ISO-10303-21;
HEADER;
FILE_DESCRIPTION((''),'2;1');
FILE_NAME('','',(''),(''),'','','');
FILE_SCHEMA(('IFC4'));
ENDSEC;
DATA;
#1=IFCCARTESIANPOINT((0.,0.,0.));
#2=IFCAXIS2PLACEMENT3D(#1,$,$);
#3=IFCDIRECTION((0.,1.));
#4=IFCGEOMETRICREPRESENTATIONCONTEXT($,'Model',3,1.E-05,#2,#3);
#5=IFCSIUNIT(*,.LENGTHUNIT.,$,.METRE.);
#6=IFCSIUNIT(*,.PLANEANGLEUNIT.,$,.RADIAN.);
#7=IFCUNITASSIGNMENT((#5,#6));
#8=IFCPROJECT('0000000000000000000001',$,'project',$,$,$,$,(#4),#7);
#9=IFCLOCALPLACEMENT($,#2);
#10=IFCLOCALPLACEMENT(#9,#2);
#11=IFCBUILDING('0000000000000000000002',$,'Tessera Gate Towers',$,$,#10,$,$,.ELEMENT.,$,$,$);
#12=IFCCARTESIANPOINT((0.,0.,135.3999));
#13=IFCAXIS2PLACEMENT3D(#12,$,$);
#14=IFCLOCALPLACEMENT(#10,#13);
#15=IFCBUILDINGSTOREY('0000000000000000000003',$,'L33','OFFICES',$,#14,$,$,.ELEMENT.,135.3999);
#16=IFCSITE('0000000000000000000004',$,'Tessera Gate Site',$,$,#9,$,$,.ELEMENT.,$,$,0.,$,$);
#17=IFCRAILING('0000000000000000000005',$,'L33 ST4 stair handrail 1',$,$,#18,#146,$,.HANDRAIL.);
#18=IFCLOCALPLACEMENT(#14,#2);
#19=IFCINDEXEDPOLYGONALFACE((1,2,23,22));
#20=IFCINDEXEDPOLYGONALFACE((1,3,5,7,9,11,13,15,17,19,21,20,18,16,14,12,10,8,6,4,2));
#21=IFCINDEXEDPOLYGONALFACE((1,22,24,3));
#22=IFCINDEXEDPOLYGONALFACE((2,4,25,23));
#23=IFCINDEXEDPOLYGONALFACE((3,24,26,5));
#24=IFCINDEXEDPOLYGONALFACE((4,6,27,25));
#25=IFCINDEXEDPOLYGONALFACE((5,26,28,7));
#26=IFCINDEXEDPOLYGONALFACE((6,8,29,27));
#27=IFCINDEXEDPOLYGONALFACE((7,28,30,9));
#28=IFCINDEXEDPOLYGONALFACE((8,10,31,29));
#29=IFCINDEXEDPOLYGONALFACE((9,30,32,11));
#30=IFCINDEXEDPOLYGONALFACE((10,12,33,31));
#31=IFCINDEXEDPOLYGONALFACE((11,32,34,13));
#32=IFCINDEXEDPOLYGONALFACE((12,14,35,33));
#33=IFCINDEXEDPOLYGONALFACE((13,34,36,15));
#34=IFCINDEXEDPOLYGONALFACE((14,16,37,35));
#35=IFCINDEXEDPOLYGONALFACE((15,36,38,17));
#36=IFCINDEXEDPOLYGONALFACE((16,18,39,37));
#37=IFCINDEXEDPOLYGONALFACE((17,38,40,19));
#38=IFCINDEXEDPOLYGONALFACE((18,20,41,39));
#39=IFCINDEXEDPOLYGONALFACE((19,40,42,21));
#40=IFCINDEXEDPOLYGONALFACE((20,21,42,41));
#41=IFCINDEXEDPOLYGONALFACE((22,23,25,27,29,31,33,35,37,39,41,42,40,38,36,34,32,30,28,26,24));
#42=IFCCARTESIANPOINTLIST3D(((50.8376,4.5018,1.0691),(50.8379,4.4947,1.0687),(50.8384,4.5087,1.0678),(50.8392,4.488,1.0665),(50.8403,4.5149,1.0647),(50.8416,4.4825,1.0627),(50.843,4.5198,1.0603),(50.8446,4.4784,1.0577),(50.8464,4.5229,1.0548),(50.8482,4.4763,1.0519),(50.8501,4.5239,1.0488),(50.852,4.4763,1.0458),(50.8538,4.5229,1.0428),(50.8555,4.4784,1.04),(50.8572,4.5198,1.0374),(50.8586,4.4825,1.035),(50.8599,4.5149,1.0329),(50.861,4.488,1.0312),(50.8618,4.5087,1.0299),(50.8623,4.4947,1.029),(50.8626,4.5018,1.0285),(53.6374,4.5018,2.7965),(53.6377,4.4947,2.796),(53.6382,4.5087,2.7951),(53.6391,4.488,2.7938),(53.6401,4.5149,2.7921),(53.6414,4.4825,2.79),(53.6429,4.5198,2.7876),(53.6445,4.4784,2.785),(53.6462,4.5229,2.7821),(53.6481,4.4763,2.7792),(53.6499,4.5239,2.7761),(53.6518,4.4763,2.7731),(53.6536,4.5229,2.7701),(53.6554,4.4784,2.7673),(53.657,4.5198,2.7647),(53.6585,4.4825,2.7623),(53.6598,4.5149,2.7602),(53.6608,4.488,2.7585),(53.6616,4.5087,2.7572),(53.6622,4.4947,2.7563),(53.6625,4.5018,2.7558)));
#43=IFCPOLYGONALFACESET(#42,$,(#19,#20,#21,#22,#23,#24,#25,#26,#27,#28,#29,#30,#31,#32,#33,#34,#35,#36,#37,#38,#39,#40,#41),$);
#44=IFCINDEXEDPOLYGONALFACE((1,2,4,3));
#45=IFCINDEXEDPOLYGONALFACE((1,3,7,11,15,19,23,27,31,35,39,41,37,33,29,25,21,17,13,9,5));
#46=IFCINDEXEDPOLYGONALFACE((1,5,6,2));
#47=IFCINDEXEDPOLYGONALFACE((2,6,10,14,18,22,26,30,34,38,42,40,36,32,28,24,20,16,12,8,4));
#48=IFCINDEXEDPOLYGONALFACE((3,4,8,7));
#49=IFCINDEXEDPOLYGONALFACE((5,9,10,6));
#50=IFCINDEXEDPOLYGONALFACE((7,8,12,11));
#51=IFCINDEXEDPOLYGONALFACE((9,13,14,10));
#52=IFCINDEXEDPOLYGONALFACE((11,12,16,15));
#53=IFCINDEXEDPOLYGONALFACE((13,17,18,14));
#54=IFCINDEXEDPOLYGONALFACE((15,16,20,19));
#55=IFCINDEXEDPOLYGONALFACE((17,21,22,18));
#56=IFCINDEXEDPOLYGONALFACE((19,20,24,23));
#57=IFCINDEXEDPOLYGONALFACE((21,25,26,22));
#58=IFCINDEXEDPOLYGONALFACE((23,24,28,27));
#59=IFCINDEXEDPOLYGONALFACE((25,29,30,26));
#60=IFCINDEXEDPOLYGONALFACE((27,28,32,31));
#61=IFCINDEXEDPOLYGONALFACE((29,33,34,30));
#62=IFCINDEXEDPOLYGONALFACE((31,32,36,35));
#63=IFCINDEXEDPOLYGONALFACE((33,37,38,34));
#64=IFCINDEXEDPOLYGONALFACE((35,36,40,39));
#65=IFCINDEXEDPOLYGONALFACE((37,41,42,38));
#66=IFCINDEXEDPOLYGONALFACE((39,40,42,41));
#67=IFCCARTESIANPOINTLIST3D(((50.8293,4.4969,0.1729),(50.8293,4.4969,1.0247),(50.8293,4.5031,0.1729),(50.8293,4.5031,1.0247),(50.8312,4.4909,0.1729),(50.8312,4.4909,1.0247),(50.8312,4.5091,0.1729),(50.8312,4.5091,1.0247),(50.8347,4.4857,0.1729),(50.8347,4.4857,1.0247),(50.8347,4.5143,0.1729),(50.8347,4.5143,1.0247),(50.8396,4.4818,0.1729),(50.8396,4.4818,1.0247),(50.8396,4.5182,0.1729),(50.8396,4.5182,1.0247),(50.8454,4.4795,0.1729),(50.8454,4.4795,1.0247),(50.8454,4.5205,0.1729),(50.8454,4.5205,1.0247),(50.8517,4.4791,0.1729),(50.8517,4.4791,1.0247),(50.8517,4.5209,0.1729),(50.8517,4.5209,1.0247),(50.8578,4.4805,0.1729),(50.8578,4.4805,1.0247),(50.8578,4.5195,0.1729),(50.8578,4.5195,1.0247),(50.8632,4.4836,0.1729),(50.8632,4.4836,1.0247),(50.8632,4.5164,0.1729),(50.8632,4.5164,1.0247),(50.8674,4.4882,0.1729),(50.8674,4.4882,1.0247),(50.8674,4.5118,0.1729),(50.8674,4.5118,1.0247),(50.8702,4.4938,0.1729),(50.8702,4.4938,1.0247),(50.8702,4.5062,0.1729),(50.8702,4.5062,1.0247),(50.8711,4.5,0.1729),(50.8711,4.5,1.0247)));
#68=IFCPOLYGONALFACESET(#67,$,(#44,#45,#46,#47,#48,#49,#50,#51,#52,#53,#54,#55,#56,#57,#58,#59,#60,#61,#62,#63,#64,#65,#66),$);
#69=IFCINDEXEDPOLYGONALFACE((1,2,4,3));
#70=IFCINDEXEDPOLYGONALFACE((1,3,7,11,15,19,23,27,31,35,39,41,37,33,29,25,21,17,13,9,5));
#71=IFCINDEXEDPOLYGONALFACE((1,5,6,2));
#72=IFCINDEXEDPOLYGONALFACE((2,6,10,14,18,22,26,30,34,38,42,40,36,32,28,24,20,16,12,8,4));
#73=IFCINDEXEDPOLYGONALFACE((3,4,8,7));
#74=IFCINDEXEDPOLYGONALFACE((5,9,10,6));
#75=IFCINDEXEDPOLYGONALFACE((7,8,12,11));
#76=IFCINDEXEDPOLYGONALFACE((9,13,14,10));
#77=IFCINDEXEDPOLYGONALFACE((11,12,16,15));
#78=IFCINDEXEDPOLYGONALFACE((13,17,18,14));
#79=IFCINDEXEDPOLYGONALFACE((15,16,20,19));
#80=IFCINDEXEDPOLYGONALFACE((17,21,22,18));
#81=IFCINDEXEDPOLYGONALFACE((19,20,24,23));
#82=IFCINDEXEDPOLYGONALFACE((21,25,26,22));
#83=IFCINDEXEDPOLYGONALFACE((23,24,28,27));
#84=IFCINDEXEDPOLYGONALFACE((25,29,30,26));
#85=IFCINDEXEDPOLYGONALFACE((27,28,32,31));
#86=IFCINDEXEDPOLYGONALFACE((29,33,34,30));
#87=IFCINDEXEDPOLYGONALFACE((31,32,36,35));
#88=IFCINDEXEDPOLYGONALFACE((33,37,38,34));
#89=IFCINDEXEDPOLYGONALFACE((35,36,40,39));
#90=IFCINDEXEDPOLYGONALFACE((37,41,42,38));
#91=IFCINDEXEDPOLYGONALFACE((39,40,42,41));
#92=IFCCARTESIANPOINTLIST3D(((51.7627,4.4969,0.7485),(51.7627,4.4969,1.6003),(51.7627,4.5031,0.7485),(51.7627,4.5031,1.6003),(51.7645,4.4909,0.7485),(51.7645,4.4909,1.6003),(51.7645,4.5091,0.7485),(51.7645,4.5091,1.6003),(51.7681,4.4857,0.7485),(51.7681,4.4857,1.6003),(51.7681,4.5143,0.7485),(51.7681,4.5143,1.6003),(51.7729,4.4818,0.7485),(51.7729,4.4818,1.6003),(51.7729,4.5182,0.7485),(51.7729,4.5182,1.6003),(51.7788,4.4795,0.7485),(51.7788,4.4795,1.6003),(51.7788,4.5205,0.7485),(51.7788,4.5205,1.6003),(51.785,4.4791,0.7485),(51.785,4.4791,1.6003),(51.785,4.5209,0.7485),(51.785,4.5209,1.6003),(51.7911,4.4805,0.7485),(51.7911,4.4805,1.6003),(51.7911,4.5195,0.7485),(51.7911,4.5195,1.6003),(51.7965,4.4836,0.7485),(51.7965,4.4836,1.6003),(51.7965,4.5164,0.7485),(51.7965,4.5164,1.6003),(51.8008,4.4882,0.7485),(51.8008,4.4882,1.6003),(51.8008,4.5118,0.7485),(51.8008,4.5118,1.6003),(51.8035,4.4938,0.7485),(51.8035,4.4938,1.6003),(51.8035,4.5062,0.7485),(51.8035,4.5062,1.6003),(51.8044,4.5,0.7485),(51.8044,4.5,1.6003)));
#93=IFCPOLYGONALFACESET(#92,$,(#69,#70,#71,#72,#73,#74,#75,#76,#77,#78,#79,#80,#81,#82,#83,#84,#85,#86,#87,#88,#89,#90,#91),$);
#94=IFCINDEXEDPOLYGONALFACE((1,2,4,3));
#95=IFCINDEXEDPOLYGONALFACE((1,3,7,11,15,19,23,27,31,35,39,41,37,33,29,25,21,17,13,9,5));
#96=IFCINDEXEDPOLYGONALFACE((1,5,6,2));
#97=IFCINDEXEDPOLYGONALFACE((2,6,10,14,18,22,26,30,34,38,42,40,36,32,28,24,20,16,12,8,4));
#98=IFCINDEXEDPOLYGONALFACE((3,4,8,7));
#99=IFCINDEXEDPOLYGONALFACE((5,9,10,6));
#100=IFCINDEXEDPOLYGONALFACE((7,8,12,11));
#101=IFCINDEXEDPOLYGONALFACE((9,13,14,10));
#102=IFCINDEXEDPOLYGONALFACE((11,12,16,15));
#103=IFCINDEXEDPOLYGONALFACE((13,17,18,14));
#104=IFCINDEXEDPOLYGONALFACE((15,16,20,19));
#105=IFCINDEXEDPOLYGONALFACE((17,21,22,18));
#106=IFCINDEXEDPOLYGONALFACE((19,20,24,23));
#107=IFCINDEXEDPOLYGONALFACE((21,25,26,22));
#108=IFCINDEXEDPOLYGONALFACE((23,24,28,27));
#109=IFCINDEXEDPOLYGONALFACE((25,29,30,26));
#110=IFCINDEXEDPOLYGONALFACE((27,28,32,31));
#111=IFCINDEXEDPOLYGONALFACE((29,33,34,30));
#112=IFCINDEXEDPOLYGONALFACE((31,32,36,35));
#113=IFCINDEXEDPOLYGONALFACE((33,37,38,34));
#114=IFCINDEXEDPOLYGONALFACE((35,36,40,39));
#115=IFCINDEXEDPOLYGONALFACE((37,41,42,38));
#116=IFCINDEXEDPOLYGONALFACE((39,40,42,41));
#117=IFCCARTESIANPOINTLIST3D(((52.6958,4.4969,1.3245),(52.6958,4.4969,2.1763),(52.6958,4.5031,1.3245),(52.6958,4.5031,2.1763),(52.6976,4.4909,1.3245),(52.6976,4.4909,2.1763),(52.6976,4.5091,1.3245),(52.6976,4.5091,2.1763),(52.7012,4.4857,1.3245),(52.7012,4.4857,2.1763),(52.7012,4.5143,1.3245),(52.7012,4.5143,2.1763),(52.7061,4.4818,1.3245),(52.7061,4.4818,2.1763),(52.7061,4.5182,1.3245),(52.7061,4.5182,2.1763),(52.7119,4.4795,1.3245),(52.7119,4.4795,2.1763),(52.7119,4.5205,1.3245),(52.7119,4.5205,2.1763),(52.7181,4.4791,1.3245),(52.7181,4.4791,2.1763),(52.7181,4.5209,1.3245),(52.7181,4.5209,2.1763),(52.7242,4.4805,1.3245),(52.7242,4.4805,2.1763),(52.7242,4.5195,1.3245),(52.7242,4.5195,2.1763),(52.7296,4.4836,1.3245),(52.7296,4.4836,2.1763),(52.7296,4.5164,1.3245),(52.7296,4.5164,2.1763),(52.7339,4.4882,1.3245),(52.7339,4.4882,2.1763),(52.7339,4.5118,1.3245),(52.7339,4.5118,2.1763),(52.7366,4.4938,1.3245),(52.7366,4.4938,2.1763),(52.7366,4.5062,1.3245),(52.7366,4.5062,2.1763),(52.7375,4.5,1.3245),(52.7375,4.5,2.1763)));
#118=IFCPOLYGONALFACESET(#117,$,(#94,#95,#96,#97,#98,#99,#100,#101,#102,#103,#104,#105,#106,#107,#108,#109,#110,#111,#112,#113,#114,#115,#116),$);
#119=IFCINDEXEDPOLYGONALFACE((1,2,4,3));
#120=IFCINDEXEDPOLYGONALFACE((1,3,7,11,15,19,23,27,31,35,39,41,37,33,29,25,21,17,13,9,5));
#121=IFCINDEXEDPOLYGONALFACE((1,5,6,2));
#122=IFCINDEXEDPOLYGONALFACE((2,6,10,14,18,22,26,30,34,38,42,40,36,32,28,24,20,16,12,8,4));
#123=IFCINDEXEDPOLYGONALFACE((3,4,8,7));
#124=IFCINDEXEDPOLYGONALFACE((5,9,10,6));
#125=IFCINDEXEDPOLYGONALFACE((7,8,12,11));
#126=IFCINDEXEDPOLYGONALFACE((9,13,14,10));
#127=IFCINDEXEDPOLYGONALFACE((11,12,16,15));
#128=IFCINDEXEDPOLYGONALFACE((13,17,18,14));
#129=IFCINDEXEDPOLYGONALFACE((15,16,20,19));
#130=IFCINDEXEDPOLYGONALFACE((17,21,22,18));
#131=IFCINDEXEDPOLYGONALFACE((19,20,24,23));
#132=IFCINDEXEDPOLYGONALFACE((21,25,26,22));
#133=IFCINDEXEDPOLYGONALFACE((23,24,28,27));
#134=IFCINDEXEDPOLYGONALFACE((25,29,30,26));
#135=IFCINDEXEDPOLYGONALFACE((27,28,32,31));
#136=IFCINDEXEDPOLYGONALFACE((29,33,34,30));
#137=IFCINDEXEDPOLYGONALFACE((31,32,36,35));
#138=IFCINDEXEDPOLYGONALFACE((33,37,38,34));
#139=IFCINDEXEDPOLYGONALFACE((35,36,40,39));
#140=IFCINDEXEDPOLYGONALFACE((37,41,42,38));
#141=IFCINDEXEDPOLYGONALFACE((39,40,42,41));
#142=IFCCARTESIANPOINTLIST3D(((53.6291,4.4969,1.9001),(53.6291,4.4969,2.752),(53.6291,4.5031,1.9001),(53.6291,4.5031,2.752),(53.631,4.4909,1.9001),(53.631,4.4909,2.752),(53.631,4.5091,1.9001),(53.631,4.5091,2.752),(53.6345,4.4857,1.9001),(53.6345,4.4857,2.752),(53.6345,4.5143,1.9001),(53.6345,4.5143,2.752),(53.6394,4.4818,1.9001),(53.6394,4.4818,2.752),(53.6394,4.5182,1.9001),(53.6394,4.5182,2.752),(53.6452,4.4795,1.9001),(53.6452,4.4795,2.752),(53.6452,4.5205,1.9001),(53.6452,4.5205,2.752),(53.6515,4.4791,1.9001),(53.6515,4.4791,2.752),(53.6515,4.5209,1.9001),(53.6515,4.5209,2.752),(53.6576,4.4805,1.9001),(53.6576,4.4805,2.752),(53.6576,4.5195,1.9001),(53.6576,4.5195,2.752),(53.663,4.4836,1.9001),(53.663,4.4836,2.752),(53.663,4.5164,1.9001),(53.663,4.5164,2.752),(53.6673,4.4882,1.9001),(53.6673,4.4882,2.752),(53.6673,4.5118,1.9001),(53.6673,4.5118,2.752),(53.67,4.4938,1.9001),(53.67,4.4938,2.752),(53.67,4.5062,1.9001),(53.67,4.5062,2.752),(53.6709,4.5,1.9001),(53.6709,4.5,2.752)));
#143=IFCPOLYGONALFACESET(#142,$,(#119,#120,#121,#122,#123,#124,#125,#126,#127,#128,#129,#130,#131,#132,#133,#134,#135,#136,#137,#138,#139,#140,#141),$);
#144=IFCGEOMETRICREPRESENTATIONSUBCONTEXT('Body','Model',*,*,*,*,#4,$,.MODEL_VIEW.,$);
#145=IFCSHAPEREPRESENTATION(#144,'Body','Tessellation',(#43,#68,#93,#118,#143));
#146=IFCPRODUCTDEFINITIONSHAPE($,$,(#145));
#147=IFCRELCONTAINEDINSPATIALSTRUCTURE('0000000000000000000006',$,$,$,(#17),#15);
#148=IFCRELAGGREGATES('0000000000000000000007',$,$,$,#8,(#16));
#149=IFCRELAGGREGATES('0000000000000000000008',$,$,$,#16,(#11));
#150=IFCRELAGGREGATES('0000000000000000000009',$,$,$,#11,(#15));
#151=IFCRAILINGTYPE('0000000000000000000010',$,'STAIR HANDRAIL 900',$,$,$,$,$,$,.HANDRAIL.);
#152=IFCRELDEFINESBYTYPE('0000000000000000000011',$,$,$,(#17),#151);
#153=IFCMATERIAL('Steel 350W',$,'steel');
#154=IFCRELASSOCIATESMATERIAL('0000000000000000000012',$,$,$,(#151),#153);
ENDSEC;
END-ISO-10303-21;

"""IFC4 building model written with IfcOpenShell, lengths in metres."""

from ifc_helpers import new_model, si_unit, direction, frame, origin, origin_2d, place, context, subcontext, project, spatial, circle, extrude, material, type_object, element, save


model = new_model("IFC4")

# Units and contexts
model_context = context("Model", 3, precision=1e-05, world=origin(), true_north=direction((0.0, 1.0)))
body_context = subcontext(model_context, "Body", "Model", "MODEL_VIEW")
ifc_project = project(units=[si_unit("LENGTHUNIT", "METRE"), si_unit("PLANEANGLEUNIT", "RADIAN")], contexts=[model_context])

# Site, building, storey
site_placement = place(None, origin())
site = spatial("IfcSite", under=ifc_project, at=site_placement, Name="Tessera Gate Site", CompositionType="ELEMENT", RefElevation=0.0)
building_placement = place(site_placement, origin())
building = spatial("IfcBuilding", under=site, at=building_placement, Name="Tessera Gate Towers", CompositionType="ELEMENT")
storey_placement = place(building_placement, frame((0.0, 0.0, 135.3999)))
storey = spatial("IfcBuildingStorey", under=building, at=storey_placement, Name="L33", Description="OFFICES", CompositionType="ELEMENT", Elevation=135.3999)

# Railing
ifc_material_1 = material(Name="Steel 350W", Category="steel")
railing_type_1 = type_object("IfcRailingType", Name="STAIR HANDRAIL 900", PredefinedType="HANDRAIL", material=ifc_material_1)
railing_1_placement = place(storey_placement, frame((50.8501, 4.5, 0.1729)))
element("IfcRailing", 1, at=railing_1_placement, inside=storey, type_object=railing_type_1, Name="L33 ST4 stair handrail 1", PredefinedType="HANDRAIL", context=body_context, shape_type="SweptSolid", body=[
    extrude(circle(Radius=0.0239, at=origin_2d()), frame((0.0, 0.0, 0.876), z_axis=(0.851069, 0.0, 0.525054), x_axis=(0.0, 1.0, 0.0)), (0.0, 0.0, 1.0), 3.2898),
    extrude(circle(Radius=0.021, at=origin_2d()), origin(), (0.0, 0.0, 1.0), 0.8518),
    extrude(circle(Radius=0.021, at=origin_2d()), frame((0.9333, 0.0, 0.5757)), (0.0, 0.0, 1.0), 0.8518),
    extrude(circle(Radius=0.021, at=origin_2d()), frame((1.8665, 0.0, 1.1516)), (0.0, 0.0, 1.0), 0.8518),
    extrude(circle(Radius=0.021, at=origin_2d()), frame((2.7998, 0.0, 1.7273)), (0.0, 0.0, 1.0), 0.8518),
])

save(model, "model.ifc")
